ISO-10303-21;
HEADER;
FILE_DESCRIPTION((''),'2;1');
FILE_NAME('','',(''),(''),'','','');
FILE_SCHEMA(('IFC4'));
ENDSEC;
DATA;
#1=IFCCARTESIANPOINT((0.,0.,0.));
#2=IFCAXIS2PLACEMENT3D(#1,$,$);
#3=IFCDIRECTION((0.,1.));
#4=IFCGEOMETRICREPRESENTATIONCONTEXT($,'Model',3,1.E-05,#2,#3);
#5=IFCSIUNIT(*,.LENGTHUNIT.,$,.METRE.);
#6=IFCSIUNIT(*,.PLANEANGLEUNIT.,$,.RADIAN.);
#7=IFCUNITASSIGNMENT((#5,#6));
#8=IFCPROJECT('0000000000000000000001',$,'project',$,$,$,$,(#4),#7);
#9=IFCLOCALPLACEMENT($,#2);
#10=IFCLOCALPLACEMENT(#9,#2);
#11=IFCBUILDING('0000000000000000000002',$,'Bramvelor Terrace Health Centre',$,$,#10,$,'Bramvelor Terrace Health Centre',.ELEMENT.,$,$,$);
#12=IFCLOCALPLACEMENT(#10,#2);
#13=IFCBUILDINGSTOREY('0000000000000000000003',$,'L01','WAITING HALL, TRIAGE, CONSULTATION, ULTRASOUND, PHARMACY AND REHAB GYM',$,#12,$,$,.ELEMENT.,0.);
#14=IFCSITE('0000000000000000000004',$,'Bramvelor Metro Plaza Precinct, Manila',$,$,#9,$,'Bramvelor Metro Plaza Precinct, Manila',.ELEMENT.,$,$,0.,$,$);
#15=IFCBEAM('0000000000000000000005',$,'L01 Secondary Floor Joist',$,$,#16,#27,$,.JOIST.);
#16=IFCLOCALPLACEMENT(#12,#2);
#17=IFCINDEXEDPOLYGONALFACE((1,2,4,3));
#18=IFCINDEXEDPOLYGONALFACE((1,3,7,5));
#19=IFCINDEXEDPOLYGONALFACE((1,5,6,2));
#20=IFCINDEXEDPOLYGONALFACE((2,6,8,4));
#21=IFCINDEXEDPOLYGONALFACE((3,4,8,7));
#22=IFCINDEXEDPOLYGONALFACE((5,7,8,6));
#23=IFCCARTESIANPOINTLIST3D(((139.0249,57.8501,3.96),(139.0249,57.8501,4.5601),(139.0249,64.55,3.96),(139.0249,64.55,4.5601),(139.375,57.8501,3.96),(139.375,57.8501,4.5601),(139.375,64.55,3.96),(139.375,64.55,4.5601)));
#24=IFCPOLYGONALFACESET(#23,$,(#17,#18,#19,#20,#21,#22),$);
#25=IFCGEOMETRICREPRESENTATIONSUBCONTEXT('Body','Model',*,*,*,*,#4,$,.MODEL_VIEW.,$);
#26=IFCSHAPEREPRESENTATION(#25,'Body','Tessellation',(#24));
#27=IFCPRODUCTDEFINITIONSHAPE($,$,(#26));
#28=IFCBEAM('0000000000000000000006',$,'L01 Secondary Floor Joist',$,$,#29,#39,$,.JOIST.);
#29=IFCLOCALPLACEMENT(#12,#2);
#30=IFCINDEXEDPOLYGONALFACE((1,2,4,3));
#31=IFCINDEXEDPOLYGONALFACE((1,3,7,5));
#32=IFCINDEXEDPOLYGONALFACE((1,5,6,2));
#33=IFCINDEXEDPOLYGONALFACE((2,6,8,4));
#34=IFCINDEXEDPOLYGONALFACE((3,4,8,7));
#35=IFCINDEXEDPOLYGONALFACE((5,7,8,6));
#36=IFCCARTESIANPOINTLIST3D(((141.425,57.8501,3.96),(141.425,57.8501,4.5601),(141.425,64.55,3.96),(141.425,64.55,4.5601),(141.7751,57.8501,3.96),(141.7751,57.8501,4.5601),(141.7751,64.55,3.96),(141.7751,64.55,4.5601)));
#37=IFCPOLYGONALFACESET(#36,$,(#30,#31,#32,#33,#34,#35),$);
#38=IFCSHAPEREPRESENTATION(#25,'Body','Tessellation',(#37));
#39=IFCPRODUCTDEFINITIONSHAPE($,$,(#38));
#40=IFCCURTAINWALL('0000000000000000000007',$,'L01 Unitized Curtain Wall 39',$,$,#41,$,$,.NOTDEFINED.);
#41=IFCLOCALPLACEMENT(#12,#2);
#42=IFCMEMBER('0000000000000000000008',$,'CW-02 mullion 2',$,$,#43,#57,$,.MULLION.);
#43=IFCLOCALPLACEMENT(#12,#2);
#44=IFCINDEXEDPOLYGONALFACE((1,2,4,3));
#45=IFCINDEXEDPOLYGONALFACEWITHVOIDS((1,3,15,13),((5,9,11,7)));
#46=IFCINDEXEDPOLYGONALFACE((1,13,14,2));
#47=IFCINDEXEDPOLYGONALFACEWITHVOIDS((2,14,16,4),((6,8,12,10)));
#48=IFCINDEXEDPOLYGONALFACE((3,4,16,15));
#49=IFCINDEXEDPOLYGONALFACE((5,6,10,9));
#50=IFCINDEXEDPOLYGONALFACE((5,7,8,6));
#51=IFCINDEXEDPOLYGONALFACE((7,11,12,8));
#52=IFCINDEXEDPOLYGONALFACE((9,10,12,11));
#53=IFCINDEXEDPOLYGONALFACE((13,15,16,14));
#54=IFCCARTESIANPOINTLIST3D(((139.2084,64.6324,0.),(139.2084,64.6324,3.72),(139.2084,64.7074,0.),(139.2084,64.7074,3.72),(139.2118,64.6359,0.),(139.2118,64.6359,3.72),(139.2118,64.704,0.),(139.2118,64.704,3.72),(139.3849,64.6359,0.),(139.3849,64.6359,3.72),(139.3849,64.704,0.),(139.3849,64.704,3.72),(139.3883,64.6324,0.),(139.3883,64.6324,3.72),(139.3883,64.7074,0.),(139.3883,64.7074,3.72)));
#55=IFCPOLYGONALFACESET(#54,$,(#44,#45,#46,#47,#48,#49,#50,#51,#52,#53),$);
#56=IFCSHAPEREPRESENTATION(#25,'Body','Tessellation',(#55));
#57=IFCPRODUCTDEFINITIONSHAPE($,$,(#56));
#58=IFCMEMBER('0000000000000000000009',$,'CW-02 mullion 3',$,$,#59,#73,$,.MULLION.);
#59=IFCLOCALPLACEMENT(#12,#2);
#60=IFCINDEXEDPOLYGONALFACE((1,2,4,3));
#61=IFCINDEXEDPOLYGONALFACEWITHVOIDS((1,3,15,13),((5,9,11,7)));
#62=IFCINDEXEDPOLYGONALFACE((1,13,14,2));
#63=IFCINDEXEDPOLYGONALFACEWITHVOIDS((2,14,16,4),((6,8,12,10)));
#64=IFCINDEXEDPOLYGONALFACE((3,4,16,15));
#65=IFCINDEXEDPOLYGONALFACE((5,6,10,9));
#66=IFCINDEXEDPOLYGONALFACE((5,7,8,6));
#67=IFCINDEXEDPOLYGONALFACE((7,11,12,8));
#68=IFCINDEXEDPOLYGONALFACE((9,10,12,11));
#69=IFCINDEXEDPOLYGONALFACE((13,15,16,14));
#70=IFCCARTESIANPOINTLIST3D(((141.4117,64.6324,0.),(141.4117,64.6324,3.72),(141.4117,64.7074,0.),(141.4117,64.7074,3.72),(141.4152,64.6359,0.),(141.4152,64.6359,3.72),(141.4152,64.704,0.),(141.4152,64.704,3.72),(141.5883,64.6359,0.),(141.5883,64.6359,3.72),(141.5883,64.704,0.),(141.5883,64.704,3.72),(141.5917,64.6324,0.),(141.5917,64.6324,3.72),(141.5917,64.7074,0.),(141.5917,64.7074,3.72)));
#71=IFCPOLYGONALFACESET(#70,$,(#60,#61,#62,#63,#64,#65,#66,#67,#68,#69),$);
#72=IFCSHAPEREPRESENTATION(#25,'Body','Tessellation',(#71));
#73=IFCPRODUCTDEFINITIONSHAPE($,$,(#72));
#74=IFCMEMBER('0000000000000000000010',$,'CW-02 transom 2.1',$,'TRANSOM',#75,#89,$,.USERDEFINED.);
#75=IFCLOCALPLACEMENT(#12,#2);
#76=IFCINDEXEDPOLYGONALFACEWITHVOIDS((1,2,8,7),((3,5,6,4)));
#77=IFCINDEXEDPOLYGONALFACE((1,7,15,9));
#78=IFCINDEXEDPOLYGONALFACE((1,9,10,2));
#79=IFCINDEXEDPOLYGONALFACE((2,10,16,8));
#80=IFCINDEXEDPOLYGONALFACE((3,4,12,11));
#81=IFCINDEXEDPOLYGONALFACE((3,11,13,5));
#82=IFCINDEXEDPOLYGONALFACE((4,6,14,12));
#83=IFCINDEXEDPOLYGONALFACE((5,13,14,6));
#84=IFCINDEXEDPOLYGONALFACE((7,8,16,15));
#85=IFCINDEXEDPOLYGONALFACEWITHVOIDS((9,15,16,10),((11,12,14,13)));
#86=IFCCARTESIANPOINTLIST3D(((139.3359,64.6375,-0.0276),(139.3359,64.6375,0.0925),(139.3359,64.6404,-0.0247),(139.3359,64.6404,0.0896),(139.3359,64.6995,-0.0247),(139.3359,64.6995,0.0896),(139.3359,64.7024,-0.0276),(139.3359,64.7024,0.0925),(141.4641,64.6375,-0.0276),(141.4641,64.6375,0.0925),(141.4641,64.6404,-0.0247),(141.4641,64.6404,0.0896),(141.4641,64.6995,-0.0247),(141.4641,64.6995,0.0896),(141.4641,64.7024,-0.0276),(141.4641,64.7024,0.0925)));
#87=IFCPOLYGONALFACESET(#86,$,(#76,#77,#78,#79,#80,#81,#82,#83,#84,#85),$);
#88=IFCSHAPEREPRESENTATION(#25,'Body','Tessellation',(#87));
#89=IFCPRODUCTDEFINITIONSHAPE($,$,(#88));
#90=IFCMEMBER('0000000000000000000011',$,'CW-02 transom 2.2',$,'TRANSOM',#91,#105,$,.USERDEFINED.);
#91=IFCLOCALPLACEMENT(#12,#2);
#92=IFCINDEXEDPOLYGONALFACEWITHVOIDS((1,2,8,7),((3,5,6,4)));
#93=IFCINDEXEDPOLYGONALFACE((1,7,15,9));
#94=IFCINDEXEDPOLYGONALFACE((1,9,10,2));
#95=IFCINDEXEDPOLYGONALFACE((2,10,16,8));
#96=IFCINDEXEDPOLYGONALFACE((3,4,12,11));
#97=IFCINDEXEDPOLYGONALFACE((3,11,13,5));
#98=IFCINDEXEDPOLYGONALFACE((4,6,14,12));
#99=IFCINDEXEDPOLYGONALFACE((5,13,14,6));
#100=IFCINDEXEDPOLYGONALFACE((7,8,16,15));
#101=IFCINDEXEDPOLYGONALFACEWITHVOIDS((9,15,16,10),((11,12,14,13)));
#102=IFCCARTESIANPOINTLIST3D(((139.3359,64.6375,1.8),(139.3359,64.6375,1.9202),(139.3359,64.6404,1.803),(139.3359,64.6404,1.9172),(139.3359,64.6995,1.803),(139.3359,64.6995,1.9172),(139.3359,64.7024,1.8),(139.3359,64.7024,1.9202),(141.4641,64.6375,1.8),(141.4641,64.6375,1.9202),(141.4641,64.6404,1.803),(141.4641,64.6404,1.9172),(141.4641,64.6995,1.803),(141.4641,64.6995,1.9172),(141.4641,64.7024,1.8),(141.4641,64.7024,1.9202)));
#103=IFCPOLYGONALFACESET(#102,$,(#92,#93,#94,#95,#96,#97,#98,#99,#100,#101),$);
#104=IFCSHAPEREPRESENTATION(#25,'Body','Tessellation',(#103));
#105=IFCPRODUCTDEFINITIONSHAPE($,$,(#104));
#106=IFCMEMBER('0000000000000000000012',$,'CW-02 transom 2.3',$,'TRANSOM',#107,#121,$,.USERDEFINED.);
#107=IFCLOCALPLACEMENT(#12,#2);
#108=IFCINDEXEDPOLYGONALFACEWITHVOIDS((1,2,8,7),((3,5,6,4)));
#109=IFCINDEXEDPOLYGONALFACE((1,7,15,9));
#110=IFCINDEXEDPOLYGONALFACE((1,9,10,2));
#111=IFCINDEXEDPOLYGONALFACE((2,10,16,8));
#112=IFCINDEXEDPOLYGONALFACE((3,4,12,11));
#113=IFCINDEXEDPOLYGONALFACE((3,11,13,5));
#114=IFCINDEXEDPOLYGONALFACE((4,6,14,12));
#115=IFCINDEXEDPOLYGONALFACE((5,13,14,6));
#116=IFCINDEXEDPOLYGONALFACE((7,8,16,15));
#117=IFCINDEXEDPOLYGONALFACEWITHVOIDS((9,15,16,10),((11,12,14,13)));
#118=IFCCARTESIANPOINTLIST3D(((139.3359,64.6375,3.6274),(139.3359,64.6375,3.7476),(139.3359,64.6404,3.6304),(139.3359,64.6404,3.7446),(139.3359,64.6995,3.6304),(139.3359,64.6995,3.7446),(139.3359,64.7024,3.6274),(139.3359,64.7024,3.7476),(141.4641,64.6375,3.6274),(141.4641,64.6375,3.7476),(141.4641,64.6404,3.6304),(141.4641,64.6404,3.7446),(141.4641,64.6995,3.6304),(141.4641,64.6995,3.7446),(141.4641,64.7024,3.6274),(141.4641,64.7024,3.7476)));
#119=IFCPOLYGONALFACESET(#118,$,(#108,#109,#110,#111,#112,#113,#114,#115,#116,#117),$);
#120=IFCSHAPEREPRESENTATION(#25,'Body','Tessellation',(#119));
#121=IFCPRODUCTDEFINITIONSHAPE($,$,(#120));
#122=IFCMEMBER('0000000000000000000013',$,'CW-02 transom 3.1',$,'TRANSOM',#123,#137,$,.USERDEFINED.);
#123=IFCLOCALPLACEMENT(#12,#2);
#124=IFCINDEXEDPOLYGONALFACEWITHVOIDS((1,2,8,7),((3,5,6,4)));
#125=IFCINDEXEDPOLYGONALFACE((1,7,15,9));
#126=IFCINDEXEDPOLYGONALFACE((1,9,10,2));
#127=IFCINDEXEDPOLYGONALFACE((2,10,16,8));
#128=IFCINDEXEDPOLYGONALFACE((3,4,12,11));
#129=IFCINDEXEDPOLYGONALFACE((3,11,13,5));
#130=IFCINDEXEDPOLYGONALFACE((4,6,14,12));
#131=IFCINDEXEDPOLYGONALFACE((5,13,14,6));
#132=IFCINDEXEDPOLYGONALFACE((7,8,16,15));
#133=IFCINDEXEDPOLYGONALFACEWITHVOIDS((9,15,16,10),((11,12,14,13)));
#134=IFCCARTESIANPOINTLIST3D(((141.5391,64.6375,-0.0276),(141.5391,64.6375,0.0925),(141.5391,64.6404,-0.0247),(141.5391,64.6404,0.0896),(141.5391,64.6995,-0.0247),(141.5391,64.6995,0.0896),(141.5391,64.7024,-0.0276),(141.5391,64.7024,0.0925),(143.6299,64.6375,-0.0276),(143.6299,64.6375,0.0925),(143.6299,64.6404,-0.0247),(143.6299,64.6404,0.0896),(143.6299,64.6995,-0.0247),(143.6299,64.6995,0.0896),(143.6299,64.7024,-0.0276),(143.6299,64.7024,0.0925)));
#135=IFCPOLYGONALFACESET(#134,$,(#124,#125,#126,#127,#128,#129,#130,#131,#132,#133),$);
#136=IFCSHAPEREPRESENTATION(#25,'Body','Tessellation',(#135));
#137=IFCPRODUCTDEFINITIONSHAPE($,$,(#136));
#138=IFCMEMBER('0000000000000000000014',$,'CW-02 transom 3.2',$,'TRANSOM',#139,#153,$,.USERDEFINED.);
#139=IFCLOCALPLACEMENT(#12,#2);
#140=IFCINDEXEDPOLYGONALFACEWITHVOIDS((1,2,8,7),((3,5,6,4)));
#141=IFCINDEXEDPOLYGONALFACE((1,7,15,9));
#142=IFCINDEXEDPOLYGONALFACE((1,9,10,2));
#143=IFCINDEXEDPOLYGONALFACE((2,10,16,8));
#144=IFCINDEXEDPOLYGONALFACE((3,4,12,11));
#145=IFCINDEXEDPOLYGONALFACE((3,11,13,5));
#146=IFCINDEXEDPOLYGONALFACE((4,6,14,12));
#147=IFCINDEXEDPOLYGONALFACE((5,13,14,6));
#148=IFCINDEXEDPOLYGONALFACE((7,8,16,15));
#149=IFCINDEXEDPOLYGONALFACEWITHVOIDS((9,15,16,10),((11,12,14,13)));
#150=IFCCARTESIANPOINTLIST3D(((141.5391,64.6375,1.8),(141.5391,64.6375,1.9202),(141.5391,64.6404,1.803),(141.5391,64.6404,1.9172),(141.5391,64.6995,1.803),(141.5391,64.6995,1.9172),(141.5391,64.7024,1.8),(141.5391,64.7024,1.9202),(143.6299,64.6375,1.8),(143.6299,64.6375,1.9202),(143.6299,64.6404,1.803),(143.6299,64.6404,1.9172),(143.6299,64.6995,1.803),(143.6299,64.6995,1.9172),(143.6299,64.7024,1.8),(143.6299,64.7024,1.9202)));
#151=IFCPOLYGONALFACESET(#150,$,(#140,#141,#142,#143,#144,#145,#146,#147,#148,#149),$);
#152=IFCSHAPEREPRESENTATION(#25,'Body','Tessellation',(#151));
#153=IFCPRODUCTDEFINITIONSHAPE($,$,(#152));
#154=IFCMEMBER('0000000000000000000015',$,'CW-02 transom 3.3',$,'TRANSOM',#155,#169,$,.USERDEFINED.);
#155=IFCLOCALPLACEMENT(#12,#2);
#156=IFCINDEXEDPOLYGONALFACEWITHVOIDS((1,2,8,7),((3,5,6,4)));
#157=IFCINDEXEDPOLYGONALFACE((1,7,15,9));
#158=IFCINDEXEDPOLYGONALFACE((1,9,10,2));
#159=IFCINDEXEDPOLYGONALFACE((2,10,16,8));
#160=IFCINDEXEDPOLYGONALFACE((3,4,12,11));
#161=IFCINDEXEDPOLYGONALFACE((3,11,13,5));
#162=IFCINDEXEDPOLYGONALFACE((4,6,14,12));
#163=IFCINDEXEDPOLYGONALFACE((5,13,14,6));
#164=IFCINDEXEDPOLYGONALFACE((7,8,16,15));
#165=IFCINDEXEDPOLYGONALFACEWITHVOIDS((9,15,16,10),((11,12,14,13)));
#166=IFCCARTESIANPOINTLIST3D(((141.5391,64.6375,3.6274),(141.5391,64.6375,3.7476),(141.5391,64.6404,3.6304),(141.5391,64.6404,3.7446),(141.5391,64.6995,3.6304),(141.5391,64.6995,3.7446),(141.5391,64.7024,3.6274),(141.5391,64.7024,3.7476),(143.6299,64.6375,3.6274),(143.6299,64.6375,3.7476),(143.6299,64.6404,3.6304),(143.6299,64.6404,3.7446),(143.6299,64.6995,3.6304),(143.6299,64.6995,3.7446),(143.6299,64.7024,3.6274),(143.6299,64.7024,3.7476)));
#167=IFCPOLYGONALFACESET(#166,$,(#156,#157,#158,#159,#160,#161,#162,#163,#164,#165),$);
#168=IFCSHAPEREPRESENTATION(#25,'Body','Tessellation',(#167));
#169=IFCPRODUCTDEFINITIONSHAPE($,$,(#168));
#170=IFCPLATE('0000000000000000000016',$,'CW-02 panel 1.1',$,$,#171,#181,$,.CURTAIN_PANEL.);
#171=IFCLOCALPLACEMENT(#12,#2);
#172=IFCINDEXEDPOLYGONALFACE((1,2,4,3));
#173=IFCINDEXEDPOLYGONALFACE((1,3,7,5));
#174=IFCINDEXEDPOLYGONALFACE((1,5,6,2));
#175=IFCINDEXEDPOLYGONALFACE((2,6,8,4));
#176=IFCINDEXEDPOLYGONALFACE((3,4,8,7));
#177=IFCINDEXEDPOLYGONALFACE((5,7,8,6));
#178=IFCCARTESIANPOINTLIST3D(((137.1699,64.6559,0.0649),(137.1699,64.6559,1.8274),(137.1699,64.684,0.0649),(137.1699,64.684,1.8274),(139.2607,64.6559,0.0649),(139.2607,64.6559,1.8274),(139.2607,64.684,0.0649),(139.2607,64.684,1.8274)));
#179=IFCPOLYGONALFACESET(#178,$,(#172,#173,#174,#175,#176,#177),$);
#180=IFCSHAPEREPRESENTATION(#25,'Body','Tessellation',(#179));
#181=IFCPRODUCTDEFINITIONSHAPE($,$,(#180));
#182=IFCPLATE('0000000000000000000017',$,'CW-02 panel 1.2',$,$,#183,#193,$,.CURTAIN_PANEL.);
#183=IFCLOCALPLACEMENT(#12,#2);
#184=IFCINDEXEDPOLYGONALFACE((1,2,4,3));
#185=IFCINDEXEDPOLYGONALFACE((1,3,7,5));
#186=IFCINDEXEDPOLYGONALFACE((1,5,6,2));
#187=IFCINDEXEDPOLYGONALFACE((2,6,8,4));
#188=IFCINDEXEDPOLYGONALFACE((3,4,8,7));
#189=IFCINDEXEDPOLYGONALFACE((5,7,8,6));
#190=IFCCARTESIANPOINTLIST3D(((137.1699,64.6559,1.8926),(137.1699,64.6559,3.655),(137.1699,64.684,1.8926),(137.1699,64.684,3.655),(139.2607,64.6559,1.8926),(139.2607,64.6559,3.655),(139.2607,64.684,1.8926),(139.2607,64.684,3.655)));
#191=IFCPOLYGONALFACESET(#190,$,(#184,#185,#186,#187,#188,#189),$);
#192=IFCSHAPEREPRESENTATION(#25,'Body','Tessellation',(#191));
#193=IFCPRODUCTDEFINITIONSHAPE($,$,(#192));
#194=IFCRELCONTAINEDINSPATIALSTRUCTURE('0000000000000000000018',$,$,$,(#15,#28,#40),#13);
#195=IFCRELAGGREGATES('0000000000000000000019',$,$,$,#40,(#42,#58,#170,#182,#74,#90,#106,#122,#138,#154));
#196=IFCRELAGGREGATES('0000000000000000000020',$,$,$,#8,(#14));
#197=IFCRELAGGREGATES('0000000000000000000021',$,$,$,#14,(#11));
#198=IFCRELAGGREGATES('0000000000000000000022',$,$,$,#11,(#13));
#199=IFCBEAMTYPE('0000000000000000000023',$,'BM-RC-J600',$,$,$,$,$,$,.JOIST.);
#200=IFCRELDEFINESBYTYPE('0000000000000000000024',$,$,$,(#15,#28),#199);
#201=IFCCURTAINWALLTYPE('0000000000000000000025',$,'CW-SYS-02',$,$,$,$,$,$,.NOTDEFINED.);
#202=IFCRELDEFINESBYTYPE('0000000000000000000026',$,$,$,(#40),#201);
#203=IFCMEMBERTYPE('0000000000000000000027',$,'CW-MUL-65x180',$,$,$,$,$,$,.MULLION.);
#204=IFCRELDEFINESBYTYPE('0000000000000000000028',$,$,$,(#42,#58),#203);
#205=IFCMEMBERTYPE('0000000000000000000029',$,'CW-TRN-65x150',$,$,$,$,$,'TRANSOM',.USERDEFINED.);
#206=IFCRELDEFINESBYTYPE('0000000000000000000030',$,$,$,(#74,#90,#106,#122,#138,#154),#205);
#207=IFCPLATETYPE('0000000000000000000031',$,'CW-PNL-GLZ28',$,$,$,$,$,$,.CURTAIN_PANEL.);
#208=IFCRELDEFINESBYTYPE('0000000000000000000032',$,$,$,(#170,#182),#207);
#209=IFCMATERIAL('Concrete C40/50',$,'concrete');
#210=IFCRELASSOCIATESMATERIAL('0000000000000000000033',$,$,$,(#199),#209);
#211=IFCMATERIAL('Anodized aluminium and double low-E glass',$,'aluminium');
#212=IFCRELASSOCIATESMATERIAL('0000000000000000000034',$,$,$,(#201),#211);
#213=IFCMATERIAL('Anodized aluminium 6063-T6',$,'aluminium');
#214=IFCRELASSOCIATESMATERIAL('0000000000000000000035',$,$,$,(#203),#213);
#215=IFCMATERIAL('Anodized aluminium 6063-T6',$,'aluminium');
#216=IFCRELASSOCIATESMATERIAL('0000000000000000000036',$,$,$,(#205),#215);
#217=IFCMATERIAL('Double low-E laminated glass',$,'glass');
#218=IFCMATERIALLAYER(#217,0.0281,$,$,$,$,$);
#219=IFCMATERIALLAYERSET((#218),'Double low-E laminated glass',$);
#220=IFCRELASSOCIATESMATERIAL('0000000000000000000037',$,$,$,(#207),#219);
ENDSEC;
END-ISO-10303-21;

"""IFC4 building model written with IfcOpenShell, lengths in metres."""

from ifc_helpers import new_model, si_unit, direction, frame, origin, origin_2d, place, context, subcontext, project, spatial, rectangle, hollow_rectangle, extrude, material, layer, layer_set, material_profile, profile_set, type_object, element, aggregate, save


model = new_model("IFC4")

# Units and contexts
model_context = context("Model", 3, precision=1e-05, world=origin(), true_north=direction((0.0, 1.0)))
body_context = subcontext(model_context, "Body", "Model", "MODEL_VIEW")
ifc_project = project(units=[si_unit("LENGTHUNIT", "METRE"), si_unit("PLANEANGLEUNIT", "RADIAN")], contexts=[model_context])

# Site, building, storey
site_placement = place(None, origin())
site = spatial("IfcSite", under=ifc_project, at=site_placement, Name="Bramvelor Metro Plaza Precinct, Manila", LongName="Bramvelor Metro Plaza Precinct, Manila", CompositionType="ELEMENT", RefElevation=0.0)
building_placement = place(site_placement, origin())
building = spatial("IfcBuilding", under=site, at=building_placement, Name="Bramvelor Terrace Health Centre", LongName="Bramvelor Terrace Health Centre", CompositionType="ELEMENT")
storey_placement = place(building_placement, origin())
storey = spatial("IfcBuildingStorey", under=building, at=storey_placement, Name="L01", Description="WAITING HALL, TRIAGE, CONSULTATION, ULTRASOUND, PHARMACY AND REHAB GYM", CompositionType="ELEMENT", Elevation=0.0)

# Beams
ifc_material_1 = material(Name="Concrete C40/50", Category="concrete")
ifc_material_profile_1 = material_profile(ifc_material_1, rectangle(XDim=0.3501, YDim=0.6001, at=origin_2d()), Name="RC 350x600")
ifc_profile_set_1 = profile_set([ifc_material_profile_1], Name="Concrete C40/50")
beam_type = type_object("IfcBeamType", Name="BM-RC-J600", PredefinedType="JOIST", material=ifc_profile_set_1)
for number, where, z_axis, x_axis, name in (
    (1, (139.2, 57.8501, 4.26), (0.0, 1.0, 0.0), (-1.0, 0.0, 0.0), "L01 Secondary Floor Joist"),
    (2, (141.6001, 57.8501, 4.26), (0.0, 1.0, 0.0), (-1.0, 0.0, 0.0), "L01 Secondary Floor Joist"),
):
    element("IfcBeam", number, at=place(storey_placement, frame(where, z_axis=z_axis, x_axis=x_axis)), inside=storey, type_object=beam_type, Name=name, PredefinedType="JOIST", context=body_context, shape_type="SweptSolid", body=[
        extrude(rectangle(XDim=0.3501, YDim=0.6001, at=origin_2d()), origin(), (0.0, 0.0, 1.0), 6.7),
    ])

# Curtain wall, members, plates
ifc_material_2 = material(Name="Anodized aluminium and double low-E glass", Category="aluminium")
curtain_wall_type = type_object("IfcCurtainWallType", Name="CW-SYS-02", PredefinedType="NOTDEFINED", material=ifc_material_2)
curtain_wall_placement = place(storey_placement, origin())
curtain_wall = element("IfcCurtainWall", 3, at=curtain_wall_placement, inside=storey, type_object=curtain_wall_type, Name="L01 Unitized Curtain Wall 39", PredefinedType="NOTDEFINED")
ifc_material_3 = material(Name="Anodized aluminium 6063-T6", Category="aluminium")
ifc_material_profile_2 = material_profile(ifc_material_3, hollow_rectangle(XDim=0.075, YDim=0.1799, WallThickness=0.0034, at=origin_2d()), Name="ALU-MUL 75x180x3.5")
ifc_profile_set_2 = profile_set([ifc_material_profile_2], Name="Anodized aluminium 6063-T6")
member_type_1 = type_object("IfcMemberType", Name="CW-MUL-65x180", PredefinedType="MULLION", material=ifc_profile_set_2)
member_1_placement = place(storey_placement, frame((139.2983, 64.6699, 0.0), z_axis=(0.0, 0.0, 1.0), x_axis=(0.0, 1.0, 0.0)))
member_1 = element("IfcMember", 4, at=member_1_placement, type_object=member_type_1, Name="CW-02 mullion 2", PredefinedType="MULLION", context=body_context, shape_type="SweptSolid", body=[
    extrude(hollow_rectangle(XDim=0.075, YDim=0.1799, WallThickness=0.0034, at=origin_2d()), origin(), (0.0, 0.0, 1.0), 3.72),
])
member_2_placement = place(storey_placement, frame((141.5017, 64.6699, 0.0), z_axis=(0.0, 0.0, 1.0), x_axis=(0.0, 1.0, 0.0)))
member_2 = element("IfcMember", 5, at=member_2_placement, type_object=member_type_1, Name="CW-02 mullion 3", PredefinedType="MULLION", context=body_context, shape_type="SweptSolid", body=[
    extrude(hollow_rectangle(XDim=0.075, YDim=0.1799, WallThickness=0.0034, at=origin_2d()), origin(), (0.0, 0.0, 1.0), 3.72),
])
ifc_material_4 = material(Name="Anodized aluminium 6063-T6", Category="aluminium")
ifc_material_profile_3 = material_profile(ifc_material_4, hollow_rectangle(XDim=0.0649, YDim=0.1201, WallThickness=0.0029, at=origin_2d()), Name="ALU-TRN 65x120x3.0")
ifc_profile_set_3 = profile_set([ifc_material_profile_3], Name="Anodized aluminium 6063-T6")
member_type_2 = type_object("IfcMemberType", Name="CW-TRN-65x150", ElementType="TRANSOM", PredefinedType="USERDEFINED", material=ifc_profile_set_3)
member_3_placement = place(storey_placement, frame((139.3359, 64.6699, 0.0325), z_axis=(1.0, 0.0, 0.0), x_axis=(0.0, 1.0, 0.0)))
member_3 = element("IfcMember", 6, at=member_3_placement, type_object=member_type_2, Name="CW-02 transom 2.1", ObjectType="TRANSOM", PredefinedType="USERDEFINED", context=body_context, shape_type="SweptSolid", body=[
    extrude(hollow_rectangle(XDim=0.0649, YDim=0.1201, WallThickness=0.0029, at=origin_2d()), origin(), (0.0, 0.0, 1.0), 2.1282),
])
member_4_placement = place(storey_placement, frame((139.3359, 64.6699, 1.8601), z_axis=(1.0, 0.0, 0.0), x_axis=(0.0, 1.0, 0.0)))
member_4 = element("IfcMember", 7, at=member_4_placement, type_object=member_type_2, Name="CW-02 transom 2.2", ObjectType="TRANSOM", PredefinedType="USERDEFINED", context=body_context, shape_type="SweptSolid", body=[
    extrude(hollow_rectangle(XDim=0.0649, YDim=0.1201, WallThickness=0.0029, at=origin_2d()), origin(), (0.0, 0.0, 1.0), 2.1282),
])
member_5_placement = place(storey_placement, frame((139.3359, 64.6699, 3.6875), z_axis=(1.0, 0.0, 0.0), x_axis=(0.0, 1.0, 0.0)))
member_5 = element("IfcMember", 8, at=member_5_placement, type_object=member_type_2, Name="CW-02 transom 2.3", ObjectType="TRANSOM", PredefinedType="USERDEFINED", context=body_context, shape_type="SweptSolid", body=[
    extrude(hollow_rectangle(XDim=0.0649, YDim=0.1201, WallThickness=0.0029, at=origin_2d()), origin(), (0.0, 0.0, 1.0), 2.1282),
])
member_6_placement = place(storey_placement, frame((141.5391, 64.6699, 0.0325), z_axis=(1.0, 0.0, 0.0), x_axis=(0.0, 1.0, 0.0)))
member_6 = element("IfcMember", 9, at=member_6_placement, type_object=member_type_2, Name="CW-02 transom 3.1", ObjectType="TRANSOM", PredefinedType="USERDEFINED", context=body_context, shape_type="SweptSolid", body=[
    extrude(hollow_rectangle(XDim=0.0649, YDim=0.1201, WallThickness=0.0029, at=origin_2d()), origin(), (0.0, 0.0, 1.0), 2.0908),
])
member_7_placement = place(storey_placement, frame((141.5391, 64.6699, 1.8601), z_axis=(1.0, 0.0, 0.0), x_axis=(0.0, 1.0, 0.0)))
member_7 = element("IfcMember", 10, at=member_7_placement, type_object=member_type_2, Name="CW-02 transom 3.2", ObjectType="TRANSOM", PredefinedType="USERDEFINED", context=body_context, shape_type="SweptSolid", body=[
    extrude(hollow_rectangle(XDim=0.0649, YDim=0.1201, WallThickness=0.0029, at=origin_2d()), origin(), (0.0, 0.0, 1.0), 2.0908),
])
member_8_placement = place(storey_placement, frame((141.5391, 64.6699, 3.6875), z_axis=(1.0, 0.0, 0.0), x_axis=(0.0, 1.0, 0.0)))
member_8 = element("IfcMember", 11, at=member_8_placement, type_object=member_type_2, Name="CW-02 transom 3.3", ObjectType="TRANSOM", PredefinedType="USERDEFINED", context=body_context, shape_type="SweptSolid", body=[
    extrude(hollow_rectangle(XDim=0.0649, YDim=0.1201, WallThickness=0.0029, at=origin_2d()), origin(), (0.0, 0.0, 1.0), 2.0908),
])
ifc_material_5 = material(Name="Double low-E laminated glass", Category="glass")
ifc_layer = layer(ifc_material_5, 0.0281)
ifc_layer_set = layer_set([ifc_layer], Name="Double low-E laminated glass")
plate_type = type_object("IfcPlateType", Name="CW-PNL-GLZ28", PredefinedType="CURTAIN_PANEL", material=ifc_layer_set)
plate_1_placement = place(storey_placement, frame((138.2153, 64.6699, 0.0649), z_axis=(0.0, 0.0, 1.0), x_axis=(1.0, 0.0, 0.0)))
plate_1 = element("IfcPlate", 12, at=plate_1_placement, type_object=plate_type, Name="CW-02 panel 1.1", PredefinedType="CURTAIN_PANEL", context=body_context, shape_type="SweptSolid", body=[
    extrude(rectangle(XDim=2.0908, YDim=0.0281, at=origin_2d()), origin(), (0.0, 0.0, 1.0), 1.7625),
])
plate_2_placement = place(storey_placement, frame((138.2153, 64.6699, 1.8926), z_axis=(0.0, 0.0, 1.0), x_axis=(1.0, 0.0, 0.0)))
plate_2 = element("IfcPlate", 13, at=plate_2_placement, type_object=plate_type, Name="CW-02 panel 1.2", PredefinedType="CURTAIN_PANEL", context=body_context, shape_type="SweptSolid", body=[
    extrude(rectangle(XDim=2.0908, YDim=0.0281, at=origin_2d()), origin(), (0.0, 0.0, 1.0), 1.7625),
])
aggregate(curtain_wall, [member_1, member_2, plate_1, plate_2, member_3, member_4, member_5, member_6, member_7, member_8])

save(model, "model.ifc")
